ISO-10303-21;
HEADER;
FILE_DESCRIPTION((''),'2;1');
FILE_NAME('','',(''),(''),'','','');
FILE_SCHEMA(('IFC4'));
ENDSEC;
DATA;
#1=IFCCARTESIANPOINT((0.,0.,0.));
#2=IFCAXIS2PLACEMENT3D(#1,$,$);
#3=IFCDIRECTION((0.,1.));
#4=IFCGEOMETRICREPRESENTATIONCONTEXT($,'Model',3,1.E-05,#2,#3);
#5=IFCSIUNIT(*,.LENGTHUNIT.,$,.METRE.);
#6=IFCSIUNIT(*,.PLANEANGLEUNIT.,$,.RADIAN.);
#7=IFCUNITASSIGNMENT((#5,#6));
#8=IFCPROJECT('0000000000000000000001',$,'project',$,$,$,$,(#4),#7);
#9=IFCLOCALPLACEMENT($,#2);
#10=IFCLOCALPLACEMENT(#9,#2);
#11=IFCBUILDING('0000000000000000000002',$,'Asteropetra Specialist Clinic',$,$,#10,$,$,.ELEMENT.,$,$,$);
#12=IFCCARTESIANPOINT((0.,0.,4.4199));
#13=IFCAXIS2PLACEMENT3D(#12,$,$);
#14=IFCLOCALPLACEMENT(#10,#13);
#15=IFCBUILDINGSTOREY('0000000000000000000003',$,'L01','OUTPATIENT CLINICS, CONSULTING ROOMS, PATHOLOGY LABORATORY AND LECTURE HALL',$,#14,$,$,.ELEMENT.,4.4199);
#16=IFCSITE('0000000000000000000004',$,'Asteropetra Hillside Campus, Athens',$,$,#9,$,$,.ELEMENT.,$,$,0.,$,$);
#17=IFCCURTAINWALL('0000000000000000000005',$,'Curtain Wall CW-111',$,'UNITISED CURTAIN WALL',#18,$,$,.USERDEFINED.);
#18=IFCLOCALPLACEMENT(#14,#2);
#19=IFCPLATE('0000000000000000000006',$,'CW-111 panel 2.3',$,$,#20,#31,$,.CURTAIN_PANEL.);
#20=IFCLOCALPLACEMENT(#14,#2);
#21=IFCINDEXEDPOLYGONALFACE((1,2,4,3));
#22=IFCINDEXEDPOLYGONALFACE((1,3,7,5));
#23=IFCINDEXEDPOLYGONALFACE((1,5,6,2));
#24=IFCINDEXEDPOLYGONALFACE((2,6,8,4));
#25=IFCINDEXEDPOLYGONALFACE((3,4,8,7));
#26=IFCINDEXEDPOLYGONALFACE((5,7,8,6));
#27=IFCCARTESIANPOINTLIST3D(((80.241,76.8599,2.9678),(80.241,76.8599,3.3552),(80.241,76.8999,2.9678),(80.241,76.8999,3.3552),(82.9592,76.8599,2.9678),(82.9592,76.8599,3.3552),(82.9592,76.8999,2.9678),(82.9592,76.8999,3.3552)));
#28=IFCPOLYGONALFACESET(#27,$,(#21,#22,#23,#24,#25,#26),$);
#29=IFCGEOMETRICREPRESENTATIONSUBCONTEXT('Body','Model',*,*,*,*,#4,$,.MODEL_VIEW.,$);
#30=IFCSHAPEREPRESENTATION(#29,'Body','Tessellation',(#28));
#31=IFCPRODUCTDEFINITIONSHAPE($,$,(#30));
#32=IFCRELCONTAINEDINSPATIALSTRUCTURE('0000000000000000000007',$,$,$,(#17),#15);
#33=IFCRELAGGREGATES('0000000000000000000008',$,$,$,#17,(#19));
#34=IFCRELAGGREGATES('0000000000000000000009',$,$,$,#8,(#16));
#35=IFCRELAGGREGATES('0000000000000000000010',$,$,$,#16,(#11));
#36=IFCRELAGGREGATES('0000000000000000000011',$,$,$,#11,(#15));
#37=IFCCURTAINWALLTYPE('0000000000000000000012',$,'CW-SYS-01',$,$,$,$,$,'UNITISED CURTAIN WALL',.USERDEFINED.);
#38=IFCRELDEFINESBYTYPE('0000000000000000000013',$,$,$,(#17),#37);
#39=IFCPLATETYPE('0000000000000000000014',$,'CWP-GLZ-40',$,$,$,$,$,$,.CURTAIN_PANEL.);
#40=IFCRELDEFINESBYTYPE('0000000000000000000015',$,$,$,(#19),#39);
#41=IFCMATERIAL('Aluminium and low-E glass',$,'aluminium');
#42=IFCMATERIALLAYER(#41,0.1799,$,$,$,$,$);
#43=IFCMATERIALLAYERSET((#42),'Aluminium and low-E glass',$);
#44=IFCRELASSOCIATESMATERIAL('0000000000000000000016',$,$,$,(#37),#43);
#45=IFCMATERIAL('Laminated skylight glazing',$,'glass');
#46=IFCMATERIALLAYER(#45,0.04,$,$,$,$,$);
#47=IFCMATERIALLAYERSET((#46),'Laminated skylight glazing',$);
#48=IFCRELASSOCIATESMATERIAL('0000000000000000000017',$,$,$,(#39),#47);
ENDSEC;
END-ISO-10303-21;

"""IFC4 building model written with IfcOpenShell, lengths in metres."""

from ifc_helpers import new_model, si_unit, direction, frame, origin, origin_2d, place, context, subcontext, project, spatial, rectangle, extrude, material, layer, layer_set, type_object, element, aggregate, save


model = new_model("IFC4")

# Units and contexts
model_context = context("Model", 3, precision=1e-05, world=origin(), true_north=direction((0.0, 1.0)))
body_context = subcontext(model_context, "Body", "Model", "MODEL_VIEW")
ifc_project = project(units=[si_unit("LENGTHUNIT", "METRE"), si_unit("PLANEANGLEUNIT", "RADIAN")], contexts=[model_context])

# Site, building, storey
site_placement = place(None, origin())
site = spatial("IfcSite", under=ifc_project, at=site_placement, Name="Asteropetra Hillside Campus, Athens", CompositionType="ELEMENT", RefElevation=0.0)
building_placement = place(site_placement, origin())
building = spatial("IfcBuilding", under=site, at=building_placement, Name="Asteropetra Specialist Clinic", CompositionType="ELEMENT")
storey_placement = place(building_placement, frame((0.0, 0.0, 4.4199)))
storey = spatial("IfcBuildingStorey", under=building, at=storey_placement, Name="L01", Description="OUTPATIENT CLINICS, CONSULTING ROOMS, PATHOLOGY LABORATORY AND LECTURE HALL", CompositionType="ELEMENT", Elevation=4.4199)

# Curtain wall
ifc_material_1 = material(Name="Aluminium and low-E glass", Category="aluminium")
ifc_layer_1 = layer(ifc_material_1, 0.1799)
ifc_layer_set_1 = layer_set([ifc_layer_1], Name="Aluminium and low-E glass")
curtain_wall_type = type_object("IfcCurtainWallType", Name="CW-SYS-01", ElementType="UNITISED CURTAIN WALL", PredefinedType="USERDEFINED", material=ifc_layer_set_1)
curtain_wall_placement = place(storey_placement, origin())
curtain_wall = element("IfcCurtainWall", 1, at=curtain_wall_placement, inside=storey, type_object=curtain_wall_type, Name="Curtain Wall CW-111", ObjectType="UNITISED CURTAIN WALL", PredefinedType="USERDEFINED")

# Plate
ifc_material_2 = material(Name="Laminated skylight glazing", Category="glass")
ifc_layer_2 = layer(ifc_material_2, 0.04)
ifc_layer_set_2 = layer_set([ifc_layer_2], Name="Laminated skylight glazing")
plate_type = type_object("IfcPlateType", Name="CWP-GLZ-40", PredefinedType="CURTAIN_PANEL", material=ifc_layer_set_2)
plate_1_placement = place(storey_placement, frame((81.6001, 76.8799, 2.9678), z_axis=(0.0, 0.0, 1.0), x_axis=(1.0, 0.0, 0.0)))
plate_1 = element("IfcPlate", 2, at=plate_1_placement, type_object=plate_type, Name="CW-111 panel 2.3", PredefinedType="CURTAIN_PANEL", context=body_context, shape_type="SweptSolid", body=[
    extrude(rectangle(XDim=2.7183, YDim=0.04, at=origin_2d()), origin(), (0.0, 0.0, 1.0), 0.3875),
])
aggregate(curtain_wall, [plate_1])

save(model, "model.ifc")
